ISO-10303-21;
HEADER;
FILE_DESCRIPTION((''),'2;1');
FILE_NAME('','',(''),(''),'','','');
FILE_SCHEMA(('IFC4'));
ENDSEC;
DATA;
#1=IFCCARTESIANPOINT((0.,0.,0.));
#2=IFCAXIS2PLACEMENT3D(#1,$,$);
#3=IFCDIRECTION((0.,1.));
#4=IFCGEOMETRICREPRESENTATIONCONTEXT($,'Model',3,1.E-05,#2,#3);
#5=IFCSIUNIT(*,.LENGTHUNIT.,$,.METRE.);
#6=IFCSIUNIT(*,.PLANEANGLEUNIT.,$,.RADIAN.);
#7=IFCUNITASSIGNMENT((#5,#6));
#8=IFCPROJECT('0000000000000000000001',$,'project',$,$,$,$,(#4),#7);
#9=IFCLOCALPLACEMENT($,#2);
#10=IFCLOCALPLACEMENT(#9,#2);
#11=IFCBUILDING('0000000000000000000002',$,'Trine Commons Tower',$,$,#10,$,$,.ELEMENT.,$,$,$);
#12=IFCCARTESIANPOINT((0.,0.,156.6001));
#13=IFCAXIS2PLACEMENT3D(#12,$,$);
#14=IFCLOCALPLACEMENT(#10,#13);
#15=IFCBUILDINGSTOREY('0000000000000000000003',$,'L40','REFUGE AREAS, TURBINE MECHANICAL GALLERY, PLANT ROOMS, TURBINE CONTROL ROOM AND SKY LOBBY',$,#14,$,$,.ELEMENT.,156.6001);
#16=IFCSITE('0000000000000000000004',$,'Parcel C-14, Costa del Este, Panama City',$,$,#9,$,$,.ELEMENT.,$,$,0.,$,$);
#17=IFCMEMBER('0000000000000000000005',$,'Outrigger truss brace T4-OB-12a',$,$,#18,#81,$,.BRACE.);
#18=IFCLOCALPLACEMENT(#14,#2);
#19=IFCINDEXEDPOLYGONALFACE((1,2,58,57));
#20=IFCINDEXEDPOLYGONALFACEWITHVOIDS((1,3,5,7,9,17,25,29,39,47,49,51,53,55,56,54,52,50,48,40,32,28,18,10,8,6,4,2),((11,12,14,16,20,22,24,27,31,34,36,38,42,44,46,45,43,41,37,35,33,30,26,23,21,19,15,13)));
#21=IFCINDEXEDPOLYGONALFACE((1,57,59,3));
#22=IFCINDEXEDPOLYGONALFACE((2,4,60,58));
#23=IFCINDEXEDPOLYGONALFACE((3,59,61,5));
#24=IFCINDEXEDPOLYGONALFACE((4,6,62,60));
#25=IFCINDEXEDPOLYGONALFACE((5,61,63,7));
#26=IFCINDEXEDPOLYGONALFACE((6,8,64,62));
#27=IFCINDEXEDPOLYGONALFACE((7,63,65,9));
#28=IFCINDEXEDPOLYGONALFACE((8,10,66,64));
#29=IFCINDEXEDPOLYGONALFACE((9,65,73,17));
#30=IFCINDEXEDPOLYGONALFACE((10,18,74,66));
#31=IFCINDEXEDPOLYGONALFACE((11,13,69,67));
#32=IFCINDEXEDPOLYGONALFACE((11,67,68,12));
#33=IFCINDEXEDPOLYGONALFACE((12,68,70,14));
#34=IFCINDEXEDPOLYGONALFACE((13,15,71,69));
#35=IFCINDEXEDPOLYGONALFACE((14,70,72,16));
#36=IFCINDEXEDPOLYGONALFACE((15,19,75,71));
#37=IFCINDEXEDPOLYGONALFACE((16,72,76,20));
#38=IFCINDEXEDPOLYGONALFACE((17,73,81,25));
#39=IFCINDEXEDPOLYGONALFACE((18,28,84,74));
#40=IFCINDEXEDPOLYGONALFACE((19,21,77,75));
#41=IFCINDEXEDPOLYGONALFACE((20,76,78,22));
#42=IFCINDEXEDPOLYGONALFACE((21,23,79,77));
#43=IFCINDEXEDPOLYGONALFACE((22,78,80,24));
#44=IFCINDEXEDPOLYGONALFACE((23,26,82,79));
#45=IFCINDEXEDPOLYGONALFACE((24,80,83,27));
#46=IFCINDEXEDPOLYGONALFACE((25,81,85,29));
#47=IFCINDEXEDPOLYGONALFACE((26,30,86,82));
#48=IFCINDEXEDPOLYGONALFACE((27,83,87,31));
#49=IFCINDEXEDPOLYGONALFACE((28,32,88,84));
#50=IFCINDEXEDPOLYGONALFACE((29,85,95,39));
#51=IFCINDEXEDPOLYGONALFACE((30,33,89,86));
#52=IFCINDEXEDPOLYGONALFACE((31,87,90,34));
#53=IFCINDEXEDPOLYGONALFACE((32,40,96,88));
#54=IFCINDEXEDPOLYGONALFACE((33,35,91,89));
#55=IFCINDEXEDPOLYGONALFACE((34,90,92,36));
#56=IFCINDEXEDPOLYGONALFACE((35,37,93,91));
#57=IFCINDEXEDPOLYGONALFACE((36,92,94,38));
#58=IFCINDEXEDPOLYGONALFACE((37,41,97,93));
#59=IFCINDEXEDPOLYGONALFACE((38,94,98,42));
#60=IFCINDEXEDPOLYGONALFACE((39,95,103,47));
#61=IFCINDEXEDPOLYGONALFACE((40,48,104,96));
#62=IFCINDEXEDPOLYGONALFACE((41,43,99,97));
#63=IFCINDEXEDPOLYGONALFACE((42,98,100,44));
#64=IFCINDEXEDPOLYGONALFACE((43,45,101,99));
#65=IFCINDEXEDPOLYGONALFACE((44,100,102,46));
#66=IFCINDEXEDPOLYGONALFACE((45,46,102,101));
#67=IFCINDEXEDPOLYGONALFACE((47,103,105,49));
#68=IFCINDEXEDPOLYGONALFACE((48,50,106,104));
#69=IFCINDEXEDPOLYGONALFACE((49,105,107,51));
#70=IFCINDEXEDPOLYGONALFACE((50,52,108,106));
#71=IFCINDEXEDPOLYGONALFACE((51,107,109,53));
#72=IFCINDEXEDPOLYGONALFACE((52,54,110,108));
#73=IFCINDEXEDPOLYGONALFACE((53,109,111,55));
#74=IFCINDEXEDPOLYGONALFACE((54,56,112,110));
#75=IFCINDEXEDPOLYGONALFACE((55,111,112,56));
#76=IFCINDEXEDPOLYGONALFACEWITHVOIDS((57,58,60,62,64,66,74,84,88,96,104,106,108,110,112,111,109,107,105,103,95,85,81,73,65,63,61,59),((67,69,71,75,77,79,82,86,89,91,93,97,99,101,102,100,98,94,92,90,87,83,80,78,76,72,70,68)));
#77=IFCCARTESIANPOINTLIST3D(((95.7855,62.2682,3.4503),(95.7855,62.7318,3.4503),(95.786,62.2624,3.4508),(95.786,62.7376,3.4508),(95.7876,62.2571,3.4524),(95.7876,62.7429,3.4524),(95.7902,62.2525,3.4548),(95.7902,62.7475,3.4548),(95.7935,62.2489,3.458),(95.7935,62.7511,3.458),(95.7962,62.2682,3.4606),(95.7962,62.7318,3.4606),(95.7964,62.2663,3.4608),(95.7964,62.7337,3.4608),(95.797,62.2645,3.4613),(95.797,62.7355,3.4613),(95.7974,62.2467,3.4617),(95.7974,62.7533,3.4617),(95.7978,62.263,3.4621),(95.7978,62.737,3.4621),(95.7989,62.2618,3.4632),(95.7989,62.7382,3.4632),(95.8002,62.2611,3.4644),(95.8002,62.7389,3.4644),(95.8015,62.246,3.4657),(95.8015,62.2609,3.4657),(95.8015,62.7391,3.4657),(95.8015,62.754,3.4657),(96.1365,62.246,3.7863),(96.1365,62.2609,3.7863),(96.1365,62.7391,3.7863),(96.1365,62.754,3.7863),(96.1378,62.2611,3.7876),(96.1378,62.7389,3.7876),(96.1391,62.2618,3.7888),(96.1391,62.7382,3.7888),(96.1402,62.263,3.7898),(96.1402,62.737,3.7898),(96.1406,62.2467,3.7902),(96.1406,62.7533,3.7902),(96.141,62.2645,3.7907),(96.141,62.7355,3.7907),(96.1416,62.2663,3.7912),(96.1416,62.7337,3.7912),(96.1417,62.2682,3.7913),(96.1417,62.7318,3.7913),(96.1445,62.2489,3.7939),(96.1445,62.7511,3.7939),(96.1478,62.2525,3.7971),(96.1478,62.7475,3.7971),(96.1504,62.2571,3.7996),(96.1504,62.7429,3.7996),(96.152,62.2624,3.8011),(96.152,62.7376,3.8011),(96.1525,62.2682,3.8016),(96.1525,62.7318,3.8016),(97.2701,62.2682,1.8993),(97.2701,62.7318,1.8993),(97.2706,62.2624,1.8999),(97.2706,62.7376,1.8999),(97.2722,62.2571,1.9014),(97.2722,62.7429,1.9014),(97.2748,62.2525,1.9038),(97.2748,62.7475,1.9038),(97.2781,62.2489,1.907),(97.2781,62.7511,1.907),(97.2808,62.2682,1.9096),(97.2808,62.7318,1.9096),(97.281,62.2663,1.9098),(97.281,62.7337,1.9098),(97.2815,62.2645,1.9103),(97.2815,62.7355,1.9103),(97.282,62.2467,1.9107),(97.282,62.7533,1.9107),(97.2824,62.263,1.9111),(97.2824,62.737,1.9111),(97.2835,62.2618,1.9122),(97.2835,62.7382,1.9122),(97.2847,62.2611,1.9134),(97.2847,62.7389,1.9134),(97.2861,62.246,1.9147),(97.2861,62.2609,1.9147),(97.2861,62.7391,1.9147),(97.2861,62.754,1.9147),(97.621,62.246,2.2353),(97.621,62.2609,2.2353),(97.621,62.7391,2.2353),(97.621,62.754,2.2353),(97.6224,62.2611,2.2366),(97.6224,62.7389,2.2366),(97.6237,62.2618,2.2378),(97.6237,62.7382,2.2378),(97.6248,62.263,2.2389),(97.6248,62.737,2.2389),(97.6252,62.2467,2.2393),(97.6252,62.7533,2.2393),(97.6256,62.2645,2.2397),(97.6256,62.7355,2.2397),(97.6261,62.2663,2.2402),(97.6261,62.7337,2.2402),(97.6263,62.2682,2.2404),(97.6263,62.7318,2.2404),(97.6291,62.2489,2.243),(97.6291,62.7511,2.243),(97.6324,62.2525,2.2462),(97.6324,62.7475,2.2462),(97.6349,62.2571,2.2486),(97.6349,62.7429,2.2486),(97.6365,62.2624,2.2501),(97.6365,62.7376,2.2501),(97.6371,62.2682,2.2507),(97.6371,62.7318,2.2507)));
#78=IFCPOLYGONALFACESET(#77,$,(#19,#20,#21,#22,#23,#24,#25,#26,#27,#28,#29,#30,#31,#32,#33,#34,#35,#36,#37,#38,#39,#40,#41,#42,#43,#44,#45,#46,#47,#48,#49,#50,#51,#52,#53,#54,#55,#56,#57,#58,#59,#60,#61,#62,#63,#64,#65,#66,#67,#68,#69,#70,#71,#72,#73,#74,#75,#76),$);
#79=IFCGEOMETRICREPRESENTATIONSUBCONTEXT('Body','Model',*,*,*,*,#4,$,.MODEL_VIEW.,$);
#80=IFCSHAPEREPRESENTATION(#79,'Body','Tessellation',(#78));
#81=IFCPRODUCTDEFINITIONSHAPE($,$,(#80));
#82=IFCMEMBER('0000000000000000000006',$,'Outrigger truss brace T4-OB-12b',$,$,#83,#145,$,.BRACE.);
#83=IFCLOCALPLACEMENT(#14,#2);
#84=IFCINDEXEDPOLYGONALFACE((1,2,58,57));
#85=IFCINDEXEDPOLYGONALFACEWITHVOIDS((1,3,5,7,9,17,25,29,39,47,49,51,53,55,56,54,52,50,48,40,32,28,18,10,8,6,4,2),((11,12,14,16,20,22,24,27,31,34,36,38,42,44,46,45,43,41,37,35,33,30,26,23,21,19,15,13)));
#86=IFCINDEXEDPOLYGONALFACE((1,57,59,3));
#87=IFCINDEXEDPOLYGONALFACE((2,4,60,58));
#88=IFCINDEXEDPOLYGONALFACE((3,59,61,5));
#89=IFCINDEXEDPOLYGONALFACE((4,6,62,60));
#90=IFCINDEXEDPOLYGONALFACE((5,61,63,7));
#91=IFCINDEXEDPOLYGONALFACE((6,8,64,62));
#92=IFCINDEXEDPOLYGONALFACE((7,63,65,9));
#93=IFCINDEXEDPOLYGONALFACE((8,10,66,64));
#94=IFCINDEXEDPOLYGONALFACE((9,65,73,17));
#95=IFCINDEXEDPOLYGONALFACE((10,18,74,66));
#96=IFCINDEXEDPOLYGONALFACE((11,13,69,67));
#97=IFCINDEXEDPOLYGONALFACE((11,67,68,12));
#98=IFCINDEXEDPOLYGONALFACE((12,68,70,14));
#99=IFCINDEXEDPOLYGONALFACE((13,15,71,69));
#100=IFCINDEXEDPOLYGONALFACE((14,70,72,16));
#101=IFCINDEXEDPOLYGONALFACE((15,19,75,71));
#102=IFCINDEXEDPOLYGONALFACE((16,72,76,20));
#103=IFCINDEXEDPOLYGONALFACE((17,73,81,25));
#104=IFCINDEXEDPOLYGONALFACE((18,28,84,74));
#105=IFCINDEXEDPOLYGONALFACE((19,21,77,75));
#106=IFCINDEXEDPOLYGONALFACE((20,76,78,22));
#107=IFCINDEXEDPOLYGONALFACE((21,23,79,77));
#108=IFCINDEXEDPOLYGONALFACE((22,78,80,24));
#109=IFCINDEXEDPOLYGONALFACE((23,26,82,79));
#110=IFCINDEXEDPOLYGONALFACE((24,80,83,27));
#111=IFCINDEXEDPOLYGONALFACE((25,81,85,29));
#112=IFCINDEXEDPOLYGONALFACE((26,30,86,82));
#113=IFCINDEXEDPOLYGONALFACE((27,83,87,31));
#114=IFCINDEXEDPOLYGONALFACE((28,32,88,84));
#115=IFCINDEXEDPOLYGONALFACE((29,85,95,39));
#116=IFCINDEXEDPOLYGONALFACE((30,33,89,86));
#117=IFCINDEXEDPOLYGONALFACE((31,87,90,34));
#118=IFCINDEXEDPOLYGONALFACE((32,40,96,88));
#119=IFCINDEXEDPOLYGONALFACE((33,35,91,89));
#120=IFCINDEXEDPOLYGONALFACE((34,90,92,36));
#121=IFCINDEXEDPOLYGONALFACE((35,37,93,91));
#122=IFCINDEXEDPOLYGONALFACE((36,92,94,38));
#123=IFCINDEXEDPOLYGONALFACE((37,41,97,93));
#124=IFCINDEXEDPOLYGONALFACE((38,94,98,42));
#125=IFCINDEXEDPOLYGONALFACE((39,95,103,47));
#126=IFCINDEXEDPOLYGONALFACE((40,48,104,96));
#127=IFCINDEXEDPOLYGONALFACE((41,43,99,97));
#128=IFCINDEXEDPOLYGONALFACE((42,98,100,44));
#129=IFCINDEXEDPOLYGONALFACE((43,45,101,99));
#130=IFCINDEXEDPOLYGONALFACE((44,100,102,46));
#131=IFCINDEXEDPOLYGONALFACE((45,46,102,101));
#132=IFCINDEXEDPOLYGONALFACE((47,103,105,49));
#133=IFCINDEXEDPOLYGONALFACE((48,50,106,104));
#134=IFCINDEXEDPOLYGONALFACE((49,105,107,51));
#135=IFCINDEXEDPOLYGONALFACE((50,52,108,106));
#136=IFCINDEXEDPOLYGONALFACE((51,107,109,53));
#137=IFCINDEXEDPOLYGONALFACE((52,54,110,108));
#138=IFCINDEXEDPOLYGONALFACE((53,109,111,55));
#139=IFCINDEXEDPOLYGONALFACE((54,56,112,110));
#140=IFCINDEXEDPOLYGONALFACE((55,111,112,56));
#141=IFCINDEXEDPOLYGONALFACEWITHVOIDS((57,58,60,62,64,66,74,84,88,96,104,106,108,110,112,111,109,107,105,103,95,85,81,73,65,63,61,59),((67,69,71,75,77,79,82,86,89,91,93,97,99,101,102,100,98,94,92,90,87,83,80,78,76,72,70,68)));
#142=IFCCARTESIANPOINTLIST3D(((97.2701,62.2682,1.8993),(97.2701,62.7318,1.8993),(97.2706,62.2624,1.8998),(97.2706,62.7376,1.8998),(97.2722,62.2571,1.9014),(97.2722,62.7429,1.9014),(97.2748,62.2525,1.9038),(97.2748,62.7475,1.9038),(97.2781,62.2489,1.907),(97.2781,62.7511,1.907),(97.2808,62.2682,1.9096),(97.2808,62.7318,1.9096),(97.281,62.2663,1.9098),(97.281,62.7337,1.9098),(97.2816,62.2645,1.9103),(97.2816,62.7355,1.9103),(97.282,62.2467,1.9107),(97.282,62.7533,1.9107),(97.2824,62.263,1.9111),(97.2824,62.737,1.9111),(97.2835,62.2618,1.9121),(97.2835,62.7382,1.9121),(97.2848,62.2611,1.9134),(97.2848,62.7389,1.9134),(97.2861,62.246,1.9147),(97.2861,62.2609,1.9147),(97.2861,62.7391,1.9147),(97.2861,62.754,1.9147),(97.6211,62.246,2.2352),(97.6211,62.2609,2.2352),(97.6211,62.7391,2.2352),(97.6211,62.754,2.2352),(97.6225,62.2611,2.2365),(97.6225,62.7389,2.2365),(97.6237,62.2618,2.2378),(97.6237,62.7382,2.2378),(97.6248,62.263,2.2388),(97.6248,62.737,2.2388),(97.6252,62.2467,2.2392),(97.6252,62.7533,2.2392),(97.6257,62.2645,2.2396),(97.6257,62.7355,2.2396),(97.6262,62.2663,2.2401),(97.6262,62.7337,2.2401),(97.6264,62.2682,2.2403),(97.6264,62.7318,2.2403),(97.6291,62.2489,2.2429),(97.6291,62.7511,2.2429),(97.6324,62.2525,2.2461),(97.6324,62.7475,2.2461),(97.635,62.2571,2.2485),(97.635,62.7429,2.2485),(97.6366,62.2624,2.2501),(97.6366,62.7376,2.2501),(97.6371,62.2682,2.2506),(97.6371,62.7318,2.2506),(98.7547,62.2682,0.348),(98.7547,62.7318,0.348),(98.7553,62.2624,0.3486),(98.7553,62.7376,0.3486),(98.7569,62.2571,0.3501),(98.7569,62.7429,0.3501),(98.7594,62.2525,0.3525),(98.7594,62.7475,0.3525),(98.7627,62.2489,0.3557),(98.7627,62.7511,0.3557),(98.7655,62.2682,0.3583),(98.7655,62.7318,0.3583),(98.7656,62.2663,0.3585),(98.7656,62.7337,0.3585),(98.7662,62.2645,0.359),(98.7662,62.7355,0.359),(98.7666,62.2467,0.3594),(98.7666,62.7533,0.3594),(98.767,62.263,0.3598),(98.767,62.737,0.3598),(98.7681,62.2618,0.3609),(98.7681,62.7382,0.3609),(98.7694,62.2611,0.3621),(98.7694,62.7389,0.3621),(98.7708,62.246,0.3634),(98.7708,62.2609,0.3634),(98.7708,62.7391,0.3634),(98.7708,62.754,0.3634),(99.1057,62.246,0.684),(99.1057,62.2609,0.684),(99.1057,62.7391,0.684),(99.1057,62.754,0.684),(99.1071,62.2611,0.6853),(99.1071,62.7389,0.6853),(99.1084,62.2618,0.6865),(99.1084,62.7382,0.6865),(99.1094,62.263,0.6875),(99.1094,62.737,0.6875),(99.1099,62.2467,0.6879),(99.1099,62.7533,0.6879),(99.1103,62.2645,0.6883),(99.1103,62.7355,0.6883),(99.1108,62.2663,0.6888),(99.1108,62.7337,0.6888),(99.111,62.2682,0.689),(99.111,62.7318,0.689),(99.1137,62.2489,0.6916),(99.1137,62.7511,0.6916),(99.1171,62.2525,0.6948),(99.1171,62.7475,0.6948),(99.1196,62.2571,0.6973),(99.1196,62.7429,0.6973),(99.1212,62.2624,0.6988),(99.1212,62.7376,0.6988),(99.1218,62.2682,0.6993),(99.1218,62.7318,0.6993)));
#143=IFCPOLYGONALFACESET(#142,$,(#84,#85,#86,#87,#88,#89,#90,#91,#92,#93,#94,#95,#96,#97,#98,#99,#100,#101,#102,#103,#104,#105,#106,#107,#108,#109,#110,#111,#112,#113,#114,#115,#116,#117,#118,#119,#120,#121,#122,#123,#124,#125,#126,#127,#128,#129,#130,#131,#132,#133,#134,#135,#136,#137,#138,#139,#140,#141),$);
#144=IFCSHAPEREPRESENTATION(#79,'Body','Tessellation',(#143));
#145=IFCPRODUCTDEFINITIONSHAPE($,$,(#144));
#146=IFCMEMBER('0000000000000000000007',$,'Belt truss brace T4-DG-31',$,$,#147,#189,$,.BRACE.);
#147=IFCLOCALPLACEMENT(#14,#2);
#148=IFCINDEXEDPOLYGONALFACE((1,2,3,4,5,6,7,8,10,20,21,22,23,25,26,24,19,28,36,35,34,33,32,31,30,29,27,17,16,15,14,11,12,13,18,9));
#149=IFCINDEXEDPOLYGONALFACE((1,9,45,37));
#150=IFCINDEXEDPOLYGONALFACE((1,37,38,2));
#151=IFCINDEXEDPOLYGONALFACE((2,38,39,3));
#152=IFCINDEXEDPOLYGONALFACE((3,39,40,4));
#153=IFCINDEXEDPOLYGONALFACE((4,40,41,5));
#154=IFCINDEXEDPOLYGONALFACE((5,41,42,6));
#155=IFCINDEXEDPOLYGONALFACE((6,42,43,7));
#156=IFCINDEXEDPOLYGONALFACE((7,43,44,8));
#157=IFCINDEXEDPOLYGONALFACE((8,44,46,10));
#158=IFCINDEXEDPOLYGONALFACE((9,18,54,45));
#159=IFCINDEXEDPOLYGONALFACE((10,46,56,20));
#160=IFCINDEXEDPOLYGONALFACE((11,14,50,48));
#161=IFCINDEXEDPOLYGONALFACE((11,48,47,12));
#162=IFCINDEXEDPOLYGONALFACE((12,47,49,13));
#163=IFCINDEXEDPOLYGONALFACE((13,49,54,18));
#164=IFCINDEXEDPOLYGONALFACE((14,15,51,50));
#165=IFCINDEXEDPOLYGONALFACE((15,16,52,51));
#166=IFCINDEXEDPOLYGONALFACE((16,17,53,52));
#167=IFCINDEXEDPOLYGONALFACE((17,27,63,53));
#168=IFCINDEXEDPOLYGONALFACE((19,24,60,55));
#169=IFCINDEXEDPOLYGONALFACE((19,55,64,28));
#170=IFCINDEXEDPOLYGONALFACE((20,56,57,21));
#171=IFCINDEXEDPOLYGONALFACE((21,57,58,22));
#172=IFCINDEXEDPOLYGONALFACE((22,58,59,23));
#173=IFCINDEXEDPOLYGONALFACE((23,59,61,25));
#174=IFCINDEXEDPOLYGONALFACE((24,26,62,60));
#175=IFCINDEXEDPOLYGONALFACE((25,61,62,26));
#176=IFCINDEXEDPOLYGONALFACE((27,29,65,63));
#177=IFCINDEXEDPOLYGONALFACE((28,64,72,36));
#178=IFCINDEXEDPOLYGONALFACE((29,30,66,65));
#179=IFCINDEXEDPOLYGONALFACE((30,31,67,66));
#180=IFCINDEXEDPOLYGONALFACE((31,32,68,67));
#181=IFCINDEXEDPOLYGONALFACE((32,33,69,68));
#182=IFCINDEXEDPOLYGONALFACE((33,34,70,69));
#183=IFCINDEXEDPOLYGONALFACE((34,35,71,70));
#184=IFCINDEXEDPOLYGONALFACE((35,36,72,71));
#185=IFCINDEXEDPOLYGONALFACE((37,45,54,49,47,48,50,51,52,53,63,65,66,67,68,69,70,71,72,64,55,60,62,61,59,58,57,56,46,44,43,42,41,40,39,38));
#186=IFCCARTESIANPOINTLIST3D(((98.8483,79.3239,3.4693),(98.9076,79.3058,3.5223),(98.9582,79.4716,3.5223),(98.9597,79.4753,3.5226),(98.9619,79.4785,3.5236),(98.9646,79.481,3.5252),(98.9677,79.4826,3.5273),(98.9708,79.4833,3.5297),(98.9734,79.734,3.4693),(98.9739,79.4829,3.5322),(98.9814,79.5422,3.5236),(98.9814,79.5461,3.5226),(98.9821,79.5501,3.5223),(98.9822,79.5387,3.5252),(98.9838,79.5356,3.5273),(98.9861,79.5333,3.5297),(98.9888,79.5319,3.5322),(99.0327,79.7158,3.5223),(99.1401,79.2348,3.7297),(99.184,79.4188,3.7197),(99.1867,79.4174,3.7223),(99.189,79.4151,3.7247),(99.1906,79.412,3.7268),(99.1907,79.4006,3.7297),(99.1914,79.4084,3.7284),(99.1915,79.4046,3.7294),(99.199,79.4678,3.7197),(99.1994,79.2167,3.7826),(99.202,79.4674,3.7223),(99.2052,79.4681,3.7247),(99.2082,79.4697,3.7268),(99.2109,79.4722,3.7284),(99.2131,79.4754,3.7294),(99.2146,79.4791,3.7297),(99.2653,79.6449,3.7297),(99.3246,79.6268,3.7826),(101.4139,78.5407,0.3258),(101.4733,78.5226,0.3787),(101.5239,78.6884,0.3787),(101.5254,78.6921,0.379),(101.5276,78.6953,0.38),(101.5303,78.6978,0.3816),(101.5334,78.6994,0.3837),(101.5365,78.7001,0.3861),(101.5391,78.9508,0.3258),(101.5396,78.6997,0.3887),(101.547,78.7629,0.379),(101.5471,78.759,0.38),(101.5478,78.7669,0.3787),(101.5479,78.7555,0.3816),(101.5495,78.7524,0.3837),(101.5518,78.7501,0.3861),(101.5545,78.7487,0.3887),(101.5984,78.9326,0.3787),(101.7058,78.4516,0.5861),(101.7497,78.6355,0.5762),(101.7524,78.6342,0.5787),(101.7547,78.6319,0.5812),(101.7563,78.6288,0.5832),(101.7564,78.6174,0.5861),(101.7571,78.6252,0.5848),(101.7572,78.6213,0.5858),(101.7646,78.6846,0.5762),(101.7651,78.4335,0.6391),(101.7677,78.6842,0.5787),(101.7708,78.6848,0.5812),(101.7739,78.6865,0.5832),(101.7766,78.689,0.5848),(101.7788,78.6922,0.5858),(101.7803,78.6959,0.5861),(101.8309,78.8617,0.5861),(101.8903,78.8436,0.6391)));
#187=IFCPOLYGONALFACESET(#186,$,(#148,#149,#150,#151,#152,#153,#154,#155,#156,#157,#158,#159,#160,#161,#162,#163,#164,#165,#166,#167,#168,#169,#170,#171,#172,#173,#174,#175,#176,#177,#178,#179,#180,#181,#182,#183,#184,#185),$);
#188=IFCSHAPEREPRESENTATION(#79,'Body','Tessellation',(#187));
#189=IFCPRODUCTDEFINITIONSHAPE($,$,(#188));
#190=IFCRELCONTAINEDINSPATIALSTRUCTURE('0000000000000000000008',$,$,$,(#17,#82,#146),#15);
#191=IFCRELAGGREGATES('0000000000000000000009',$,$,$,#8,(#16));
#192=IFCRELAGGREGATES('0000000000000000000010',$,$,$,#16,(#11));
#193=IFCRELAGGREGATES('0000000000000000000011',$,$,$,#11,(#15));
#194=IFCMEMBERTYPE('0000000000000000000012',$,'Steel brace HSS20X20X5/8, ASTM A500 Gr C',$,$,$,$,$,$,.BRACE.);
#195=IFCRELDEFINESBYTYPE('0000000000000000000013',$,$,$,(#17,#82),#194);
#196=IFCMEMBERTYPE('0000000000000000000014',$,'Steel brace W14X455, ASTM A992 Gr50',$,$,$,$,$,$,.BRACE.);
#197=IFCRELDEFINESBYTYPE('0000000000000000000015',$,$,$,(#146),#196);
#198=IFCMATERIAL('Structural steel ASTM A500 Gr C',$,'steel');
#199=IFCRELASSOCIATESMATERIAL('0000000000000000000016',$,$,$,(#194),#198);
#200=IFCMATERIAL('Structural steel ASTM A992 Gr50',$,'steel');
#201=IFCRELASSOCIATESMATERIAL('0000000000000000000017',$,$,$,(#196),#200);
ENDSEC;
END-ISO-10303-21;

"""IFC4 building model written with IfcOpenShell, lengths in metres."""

from ifc_helpers import new_model, si_unit, direction, frame, origin, origin_2d, place, context, subcontext, project, spatial, hollow_rectangle, i_section, extrude, material, material_profile, profile_set, type_object, element, save


model = new_model("IFC4")

# Units and contexts
model_context = context("Model", 3, precision=1e-05, world=origin(), true_north=direction((0.0, 1.0)))
body_context = subcontext(model_context, "Body", "Model", "MODEL_VIEW")
ifc_project = project(units=[si_unit("LENGTHUNIT", "METRE"), si_unit("PLANEANGLEUNIT", "RADIAN")], contexts=[model_context])

# Site, building, storey
site_placement = place(None, origin())
site = spatial("IfcSite", under=ifc_project, at=site_placement, Name="Parcel C-14, Costa del Este, Panama City", CompositionType="ELEMENT", RefElevation=0.0)
building_placement = place(site_placement, origin())
building = spatial("IfcBuilding", under=site, at=building_placement, Name="Trine Commons Tower", CompositionType="ELEMENT")
storey_placement = place(building_placement, frame((0.0, 0.0, 156.6001)))
storey = spatial("IfcBuildingStorey", under=building, at=storey_placement, Name="L40", Description="REFUGE AREAS, TURBINE MECHANICAL GALLERY, PLANT ROOMS, TURBINE CONTROL ROOM AND SKY LOBBY", CompositionType="ELEMENT", Elevation=156.6001)

# Members
ifc_material_1 = material(Name="Structural steel ASTM A500 Gr C", Category="steel")
ifc_material_profile_1 = material_profile(ifc_material_1, hollow_rectangle(XDim=0.5081, YDim=0.5081, WallThickness=0.0149, InnerFilletRadius=0.0073, OuterFilletRadius=0.0222, at=origin_2d()), Name="HSS20X20X5/8")
ifc_profile_set_1 = profile_set([ifc_material_profile_1], Name="Structural steel ASTM A500 Gr C")
member_type_1 = type_object("IfcMemberType", Name="Steel brace HSS20X20X5/8, ASTM A500 Gr C", PredefinedType="BRACE", material=ifc_profile_set_1)
member_1_placement = place(storey_placement, frame((95.969, 62.5, 3.626), z_axis=(0.691473, 0.0, -0.722402), x_axis=(0.0, 1.0, 0.0)))
element("IfcMember", 1, at=member_1_placement, inside=storey, type_object=member_type_1, Name="Outrigger truss brace T4-OB-12a", PredefinedType="BRACE", context=body_context, shape_type="SweptSolid", body=[
    extrude(hollow_rectangle(XDim=0.5081, YDim=0.5081, WallThickness=0.0149, InnerFilletRadius=0.0073, OuterFilletRadius=0.0222, at=origin_2d()), origin(), (0.0, 0.0, 1.0), 2.147),
])
member_2_placement = place(storey_placement, frame((97.4536, 62.5, 2.075), z_axis=(0.691416, 0.0, -0.722457), x_axis=(0.0, 1.0, 0.0)))
element("IfcMember", 2, at=member_2_placement, inside=storey, type_object=member_type_1, Name="Outrigger truss brace T4-OB-12b", PredefinedType="BRACE", context=body_context, shape_type="SweptSolid", body=[
    extrude(hollow_rectangle(XDim=0.5081, YDim=0.5081, WallThickness=0.0149, InnerFilletRadius=0.0073, OuterFilletRadius=0.0222, at=origin_2d()), origin(), (0.0, 0.0, 1.0), 2.1472),
])
ifc_material_2 = material(Name="Structural steel ASTM A992 Gr50", Category="steel")
ifc_material_profile_2 = material_profile(ifc_material_2, i_section(OverallWidth=0.4287, OverallDepth=0.4827, WebThickness=0.0513, FlangeThickness=0.0815, FilletRadius=0.0154, at=origin_2d()), Name="W14X455")
ifc_profile_set_2 = profile_set([ifc_material_profile_2], Name="Structural steel ASTM A992 Gr50")
member_type_2 = type_object("IfcMemberType", Name="Steel brace W14X455, ASTM A992 Gr50", PredefinedType="BRACE", material=ifc_profile_set_2)
member_3_placement = place(storey_placement, frame((101.6521, 78.6921, 0.4824), z_axis=(-0.620844, 0.18952, 0.76068), x_axis=(-0.291962, -0.95643, 0.0)))
element("IfcMember", 3, at=member_3_placement, inside=storey, type_object=member_type_2, Name="Belt truss brace T4-DG-31", PredefinedType="BRACE", context=body_context, shape_type="SweptSolid", body=[
    extrude(i_section(OverallWidth=0.4287, OverallDepth=0.4827, WebThickness=0.0513, FlangeThickness=0.0815, FilletRadius=0.0154, at=origin_2d()), origin(), (0.0, 0.0, 1.0), 4.1326),
])

save(model, "model.ifc")
